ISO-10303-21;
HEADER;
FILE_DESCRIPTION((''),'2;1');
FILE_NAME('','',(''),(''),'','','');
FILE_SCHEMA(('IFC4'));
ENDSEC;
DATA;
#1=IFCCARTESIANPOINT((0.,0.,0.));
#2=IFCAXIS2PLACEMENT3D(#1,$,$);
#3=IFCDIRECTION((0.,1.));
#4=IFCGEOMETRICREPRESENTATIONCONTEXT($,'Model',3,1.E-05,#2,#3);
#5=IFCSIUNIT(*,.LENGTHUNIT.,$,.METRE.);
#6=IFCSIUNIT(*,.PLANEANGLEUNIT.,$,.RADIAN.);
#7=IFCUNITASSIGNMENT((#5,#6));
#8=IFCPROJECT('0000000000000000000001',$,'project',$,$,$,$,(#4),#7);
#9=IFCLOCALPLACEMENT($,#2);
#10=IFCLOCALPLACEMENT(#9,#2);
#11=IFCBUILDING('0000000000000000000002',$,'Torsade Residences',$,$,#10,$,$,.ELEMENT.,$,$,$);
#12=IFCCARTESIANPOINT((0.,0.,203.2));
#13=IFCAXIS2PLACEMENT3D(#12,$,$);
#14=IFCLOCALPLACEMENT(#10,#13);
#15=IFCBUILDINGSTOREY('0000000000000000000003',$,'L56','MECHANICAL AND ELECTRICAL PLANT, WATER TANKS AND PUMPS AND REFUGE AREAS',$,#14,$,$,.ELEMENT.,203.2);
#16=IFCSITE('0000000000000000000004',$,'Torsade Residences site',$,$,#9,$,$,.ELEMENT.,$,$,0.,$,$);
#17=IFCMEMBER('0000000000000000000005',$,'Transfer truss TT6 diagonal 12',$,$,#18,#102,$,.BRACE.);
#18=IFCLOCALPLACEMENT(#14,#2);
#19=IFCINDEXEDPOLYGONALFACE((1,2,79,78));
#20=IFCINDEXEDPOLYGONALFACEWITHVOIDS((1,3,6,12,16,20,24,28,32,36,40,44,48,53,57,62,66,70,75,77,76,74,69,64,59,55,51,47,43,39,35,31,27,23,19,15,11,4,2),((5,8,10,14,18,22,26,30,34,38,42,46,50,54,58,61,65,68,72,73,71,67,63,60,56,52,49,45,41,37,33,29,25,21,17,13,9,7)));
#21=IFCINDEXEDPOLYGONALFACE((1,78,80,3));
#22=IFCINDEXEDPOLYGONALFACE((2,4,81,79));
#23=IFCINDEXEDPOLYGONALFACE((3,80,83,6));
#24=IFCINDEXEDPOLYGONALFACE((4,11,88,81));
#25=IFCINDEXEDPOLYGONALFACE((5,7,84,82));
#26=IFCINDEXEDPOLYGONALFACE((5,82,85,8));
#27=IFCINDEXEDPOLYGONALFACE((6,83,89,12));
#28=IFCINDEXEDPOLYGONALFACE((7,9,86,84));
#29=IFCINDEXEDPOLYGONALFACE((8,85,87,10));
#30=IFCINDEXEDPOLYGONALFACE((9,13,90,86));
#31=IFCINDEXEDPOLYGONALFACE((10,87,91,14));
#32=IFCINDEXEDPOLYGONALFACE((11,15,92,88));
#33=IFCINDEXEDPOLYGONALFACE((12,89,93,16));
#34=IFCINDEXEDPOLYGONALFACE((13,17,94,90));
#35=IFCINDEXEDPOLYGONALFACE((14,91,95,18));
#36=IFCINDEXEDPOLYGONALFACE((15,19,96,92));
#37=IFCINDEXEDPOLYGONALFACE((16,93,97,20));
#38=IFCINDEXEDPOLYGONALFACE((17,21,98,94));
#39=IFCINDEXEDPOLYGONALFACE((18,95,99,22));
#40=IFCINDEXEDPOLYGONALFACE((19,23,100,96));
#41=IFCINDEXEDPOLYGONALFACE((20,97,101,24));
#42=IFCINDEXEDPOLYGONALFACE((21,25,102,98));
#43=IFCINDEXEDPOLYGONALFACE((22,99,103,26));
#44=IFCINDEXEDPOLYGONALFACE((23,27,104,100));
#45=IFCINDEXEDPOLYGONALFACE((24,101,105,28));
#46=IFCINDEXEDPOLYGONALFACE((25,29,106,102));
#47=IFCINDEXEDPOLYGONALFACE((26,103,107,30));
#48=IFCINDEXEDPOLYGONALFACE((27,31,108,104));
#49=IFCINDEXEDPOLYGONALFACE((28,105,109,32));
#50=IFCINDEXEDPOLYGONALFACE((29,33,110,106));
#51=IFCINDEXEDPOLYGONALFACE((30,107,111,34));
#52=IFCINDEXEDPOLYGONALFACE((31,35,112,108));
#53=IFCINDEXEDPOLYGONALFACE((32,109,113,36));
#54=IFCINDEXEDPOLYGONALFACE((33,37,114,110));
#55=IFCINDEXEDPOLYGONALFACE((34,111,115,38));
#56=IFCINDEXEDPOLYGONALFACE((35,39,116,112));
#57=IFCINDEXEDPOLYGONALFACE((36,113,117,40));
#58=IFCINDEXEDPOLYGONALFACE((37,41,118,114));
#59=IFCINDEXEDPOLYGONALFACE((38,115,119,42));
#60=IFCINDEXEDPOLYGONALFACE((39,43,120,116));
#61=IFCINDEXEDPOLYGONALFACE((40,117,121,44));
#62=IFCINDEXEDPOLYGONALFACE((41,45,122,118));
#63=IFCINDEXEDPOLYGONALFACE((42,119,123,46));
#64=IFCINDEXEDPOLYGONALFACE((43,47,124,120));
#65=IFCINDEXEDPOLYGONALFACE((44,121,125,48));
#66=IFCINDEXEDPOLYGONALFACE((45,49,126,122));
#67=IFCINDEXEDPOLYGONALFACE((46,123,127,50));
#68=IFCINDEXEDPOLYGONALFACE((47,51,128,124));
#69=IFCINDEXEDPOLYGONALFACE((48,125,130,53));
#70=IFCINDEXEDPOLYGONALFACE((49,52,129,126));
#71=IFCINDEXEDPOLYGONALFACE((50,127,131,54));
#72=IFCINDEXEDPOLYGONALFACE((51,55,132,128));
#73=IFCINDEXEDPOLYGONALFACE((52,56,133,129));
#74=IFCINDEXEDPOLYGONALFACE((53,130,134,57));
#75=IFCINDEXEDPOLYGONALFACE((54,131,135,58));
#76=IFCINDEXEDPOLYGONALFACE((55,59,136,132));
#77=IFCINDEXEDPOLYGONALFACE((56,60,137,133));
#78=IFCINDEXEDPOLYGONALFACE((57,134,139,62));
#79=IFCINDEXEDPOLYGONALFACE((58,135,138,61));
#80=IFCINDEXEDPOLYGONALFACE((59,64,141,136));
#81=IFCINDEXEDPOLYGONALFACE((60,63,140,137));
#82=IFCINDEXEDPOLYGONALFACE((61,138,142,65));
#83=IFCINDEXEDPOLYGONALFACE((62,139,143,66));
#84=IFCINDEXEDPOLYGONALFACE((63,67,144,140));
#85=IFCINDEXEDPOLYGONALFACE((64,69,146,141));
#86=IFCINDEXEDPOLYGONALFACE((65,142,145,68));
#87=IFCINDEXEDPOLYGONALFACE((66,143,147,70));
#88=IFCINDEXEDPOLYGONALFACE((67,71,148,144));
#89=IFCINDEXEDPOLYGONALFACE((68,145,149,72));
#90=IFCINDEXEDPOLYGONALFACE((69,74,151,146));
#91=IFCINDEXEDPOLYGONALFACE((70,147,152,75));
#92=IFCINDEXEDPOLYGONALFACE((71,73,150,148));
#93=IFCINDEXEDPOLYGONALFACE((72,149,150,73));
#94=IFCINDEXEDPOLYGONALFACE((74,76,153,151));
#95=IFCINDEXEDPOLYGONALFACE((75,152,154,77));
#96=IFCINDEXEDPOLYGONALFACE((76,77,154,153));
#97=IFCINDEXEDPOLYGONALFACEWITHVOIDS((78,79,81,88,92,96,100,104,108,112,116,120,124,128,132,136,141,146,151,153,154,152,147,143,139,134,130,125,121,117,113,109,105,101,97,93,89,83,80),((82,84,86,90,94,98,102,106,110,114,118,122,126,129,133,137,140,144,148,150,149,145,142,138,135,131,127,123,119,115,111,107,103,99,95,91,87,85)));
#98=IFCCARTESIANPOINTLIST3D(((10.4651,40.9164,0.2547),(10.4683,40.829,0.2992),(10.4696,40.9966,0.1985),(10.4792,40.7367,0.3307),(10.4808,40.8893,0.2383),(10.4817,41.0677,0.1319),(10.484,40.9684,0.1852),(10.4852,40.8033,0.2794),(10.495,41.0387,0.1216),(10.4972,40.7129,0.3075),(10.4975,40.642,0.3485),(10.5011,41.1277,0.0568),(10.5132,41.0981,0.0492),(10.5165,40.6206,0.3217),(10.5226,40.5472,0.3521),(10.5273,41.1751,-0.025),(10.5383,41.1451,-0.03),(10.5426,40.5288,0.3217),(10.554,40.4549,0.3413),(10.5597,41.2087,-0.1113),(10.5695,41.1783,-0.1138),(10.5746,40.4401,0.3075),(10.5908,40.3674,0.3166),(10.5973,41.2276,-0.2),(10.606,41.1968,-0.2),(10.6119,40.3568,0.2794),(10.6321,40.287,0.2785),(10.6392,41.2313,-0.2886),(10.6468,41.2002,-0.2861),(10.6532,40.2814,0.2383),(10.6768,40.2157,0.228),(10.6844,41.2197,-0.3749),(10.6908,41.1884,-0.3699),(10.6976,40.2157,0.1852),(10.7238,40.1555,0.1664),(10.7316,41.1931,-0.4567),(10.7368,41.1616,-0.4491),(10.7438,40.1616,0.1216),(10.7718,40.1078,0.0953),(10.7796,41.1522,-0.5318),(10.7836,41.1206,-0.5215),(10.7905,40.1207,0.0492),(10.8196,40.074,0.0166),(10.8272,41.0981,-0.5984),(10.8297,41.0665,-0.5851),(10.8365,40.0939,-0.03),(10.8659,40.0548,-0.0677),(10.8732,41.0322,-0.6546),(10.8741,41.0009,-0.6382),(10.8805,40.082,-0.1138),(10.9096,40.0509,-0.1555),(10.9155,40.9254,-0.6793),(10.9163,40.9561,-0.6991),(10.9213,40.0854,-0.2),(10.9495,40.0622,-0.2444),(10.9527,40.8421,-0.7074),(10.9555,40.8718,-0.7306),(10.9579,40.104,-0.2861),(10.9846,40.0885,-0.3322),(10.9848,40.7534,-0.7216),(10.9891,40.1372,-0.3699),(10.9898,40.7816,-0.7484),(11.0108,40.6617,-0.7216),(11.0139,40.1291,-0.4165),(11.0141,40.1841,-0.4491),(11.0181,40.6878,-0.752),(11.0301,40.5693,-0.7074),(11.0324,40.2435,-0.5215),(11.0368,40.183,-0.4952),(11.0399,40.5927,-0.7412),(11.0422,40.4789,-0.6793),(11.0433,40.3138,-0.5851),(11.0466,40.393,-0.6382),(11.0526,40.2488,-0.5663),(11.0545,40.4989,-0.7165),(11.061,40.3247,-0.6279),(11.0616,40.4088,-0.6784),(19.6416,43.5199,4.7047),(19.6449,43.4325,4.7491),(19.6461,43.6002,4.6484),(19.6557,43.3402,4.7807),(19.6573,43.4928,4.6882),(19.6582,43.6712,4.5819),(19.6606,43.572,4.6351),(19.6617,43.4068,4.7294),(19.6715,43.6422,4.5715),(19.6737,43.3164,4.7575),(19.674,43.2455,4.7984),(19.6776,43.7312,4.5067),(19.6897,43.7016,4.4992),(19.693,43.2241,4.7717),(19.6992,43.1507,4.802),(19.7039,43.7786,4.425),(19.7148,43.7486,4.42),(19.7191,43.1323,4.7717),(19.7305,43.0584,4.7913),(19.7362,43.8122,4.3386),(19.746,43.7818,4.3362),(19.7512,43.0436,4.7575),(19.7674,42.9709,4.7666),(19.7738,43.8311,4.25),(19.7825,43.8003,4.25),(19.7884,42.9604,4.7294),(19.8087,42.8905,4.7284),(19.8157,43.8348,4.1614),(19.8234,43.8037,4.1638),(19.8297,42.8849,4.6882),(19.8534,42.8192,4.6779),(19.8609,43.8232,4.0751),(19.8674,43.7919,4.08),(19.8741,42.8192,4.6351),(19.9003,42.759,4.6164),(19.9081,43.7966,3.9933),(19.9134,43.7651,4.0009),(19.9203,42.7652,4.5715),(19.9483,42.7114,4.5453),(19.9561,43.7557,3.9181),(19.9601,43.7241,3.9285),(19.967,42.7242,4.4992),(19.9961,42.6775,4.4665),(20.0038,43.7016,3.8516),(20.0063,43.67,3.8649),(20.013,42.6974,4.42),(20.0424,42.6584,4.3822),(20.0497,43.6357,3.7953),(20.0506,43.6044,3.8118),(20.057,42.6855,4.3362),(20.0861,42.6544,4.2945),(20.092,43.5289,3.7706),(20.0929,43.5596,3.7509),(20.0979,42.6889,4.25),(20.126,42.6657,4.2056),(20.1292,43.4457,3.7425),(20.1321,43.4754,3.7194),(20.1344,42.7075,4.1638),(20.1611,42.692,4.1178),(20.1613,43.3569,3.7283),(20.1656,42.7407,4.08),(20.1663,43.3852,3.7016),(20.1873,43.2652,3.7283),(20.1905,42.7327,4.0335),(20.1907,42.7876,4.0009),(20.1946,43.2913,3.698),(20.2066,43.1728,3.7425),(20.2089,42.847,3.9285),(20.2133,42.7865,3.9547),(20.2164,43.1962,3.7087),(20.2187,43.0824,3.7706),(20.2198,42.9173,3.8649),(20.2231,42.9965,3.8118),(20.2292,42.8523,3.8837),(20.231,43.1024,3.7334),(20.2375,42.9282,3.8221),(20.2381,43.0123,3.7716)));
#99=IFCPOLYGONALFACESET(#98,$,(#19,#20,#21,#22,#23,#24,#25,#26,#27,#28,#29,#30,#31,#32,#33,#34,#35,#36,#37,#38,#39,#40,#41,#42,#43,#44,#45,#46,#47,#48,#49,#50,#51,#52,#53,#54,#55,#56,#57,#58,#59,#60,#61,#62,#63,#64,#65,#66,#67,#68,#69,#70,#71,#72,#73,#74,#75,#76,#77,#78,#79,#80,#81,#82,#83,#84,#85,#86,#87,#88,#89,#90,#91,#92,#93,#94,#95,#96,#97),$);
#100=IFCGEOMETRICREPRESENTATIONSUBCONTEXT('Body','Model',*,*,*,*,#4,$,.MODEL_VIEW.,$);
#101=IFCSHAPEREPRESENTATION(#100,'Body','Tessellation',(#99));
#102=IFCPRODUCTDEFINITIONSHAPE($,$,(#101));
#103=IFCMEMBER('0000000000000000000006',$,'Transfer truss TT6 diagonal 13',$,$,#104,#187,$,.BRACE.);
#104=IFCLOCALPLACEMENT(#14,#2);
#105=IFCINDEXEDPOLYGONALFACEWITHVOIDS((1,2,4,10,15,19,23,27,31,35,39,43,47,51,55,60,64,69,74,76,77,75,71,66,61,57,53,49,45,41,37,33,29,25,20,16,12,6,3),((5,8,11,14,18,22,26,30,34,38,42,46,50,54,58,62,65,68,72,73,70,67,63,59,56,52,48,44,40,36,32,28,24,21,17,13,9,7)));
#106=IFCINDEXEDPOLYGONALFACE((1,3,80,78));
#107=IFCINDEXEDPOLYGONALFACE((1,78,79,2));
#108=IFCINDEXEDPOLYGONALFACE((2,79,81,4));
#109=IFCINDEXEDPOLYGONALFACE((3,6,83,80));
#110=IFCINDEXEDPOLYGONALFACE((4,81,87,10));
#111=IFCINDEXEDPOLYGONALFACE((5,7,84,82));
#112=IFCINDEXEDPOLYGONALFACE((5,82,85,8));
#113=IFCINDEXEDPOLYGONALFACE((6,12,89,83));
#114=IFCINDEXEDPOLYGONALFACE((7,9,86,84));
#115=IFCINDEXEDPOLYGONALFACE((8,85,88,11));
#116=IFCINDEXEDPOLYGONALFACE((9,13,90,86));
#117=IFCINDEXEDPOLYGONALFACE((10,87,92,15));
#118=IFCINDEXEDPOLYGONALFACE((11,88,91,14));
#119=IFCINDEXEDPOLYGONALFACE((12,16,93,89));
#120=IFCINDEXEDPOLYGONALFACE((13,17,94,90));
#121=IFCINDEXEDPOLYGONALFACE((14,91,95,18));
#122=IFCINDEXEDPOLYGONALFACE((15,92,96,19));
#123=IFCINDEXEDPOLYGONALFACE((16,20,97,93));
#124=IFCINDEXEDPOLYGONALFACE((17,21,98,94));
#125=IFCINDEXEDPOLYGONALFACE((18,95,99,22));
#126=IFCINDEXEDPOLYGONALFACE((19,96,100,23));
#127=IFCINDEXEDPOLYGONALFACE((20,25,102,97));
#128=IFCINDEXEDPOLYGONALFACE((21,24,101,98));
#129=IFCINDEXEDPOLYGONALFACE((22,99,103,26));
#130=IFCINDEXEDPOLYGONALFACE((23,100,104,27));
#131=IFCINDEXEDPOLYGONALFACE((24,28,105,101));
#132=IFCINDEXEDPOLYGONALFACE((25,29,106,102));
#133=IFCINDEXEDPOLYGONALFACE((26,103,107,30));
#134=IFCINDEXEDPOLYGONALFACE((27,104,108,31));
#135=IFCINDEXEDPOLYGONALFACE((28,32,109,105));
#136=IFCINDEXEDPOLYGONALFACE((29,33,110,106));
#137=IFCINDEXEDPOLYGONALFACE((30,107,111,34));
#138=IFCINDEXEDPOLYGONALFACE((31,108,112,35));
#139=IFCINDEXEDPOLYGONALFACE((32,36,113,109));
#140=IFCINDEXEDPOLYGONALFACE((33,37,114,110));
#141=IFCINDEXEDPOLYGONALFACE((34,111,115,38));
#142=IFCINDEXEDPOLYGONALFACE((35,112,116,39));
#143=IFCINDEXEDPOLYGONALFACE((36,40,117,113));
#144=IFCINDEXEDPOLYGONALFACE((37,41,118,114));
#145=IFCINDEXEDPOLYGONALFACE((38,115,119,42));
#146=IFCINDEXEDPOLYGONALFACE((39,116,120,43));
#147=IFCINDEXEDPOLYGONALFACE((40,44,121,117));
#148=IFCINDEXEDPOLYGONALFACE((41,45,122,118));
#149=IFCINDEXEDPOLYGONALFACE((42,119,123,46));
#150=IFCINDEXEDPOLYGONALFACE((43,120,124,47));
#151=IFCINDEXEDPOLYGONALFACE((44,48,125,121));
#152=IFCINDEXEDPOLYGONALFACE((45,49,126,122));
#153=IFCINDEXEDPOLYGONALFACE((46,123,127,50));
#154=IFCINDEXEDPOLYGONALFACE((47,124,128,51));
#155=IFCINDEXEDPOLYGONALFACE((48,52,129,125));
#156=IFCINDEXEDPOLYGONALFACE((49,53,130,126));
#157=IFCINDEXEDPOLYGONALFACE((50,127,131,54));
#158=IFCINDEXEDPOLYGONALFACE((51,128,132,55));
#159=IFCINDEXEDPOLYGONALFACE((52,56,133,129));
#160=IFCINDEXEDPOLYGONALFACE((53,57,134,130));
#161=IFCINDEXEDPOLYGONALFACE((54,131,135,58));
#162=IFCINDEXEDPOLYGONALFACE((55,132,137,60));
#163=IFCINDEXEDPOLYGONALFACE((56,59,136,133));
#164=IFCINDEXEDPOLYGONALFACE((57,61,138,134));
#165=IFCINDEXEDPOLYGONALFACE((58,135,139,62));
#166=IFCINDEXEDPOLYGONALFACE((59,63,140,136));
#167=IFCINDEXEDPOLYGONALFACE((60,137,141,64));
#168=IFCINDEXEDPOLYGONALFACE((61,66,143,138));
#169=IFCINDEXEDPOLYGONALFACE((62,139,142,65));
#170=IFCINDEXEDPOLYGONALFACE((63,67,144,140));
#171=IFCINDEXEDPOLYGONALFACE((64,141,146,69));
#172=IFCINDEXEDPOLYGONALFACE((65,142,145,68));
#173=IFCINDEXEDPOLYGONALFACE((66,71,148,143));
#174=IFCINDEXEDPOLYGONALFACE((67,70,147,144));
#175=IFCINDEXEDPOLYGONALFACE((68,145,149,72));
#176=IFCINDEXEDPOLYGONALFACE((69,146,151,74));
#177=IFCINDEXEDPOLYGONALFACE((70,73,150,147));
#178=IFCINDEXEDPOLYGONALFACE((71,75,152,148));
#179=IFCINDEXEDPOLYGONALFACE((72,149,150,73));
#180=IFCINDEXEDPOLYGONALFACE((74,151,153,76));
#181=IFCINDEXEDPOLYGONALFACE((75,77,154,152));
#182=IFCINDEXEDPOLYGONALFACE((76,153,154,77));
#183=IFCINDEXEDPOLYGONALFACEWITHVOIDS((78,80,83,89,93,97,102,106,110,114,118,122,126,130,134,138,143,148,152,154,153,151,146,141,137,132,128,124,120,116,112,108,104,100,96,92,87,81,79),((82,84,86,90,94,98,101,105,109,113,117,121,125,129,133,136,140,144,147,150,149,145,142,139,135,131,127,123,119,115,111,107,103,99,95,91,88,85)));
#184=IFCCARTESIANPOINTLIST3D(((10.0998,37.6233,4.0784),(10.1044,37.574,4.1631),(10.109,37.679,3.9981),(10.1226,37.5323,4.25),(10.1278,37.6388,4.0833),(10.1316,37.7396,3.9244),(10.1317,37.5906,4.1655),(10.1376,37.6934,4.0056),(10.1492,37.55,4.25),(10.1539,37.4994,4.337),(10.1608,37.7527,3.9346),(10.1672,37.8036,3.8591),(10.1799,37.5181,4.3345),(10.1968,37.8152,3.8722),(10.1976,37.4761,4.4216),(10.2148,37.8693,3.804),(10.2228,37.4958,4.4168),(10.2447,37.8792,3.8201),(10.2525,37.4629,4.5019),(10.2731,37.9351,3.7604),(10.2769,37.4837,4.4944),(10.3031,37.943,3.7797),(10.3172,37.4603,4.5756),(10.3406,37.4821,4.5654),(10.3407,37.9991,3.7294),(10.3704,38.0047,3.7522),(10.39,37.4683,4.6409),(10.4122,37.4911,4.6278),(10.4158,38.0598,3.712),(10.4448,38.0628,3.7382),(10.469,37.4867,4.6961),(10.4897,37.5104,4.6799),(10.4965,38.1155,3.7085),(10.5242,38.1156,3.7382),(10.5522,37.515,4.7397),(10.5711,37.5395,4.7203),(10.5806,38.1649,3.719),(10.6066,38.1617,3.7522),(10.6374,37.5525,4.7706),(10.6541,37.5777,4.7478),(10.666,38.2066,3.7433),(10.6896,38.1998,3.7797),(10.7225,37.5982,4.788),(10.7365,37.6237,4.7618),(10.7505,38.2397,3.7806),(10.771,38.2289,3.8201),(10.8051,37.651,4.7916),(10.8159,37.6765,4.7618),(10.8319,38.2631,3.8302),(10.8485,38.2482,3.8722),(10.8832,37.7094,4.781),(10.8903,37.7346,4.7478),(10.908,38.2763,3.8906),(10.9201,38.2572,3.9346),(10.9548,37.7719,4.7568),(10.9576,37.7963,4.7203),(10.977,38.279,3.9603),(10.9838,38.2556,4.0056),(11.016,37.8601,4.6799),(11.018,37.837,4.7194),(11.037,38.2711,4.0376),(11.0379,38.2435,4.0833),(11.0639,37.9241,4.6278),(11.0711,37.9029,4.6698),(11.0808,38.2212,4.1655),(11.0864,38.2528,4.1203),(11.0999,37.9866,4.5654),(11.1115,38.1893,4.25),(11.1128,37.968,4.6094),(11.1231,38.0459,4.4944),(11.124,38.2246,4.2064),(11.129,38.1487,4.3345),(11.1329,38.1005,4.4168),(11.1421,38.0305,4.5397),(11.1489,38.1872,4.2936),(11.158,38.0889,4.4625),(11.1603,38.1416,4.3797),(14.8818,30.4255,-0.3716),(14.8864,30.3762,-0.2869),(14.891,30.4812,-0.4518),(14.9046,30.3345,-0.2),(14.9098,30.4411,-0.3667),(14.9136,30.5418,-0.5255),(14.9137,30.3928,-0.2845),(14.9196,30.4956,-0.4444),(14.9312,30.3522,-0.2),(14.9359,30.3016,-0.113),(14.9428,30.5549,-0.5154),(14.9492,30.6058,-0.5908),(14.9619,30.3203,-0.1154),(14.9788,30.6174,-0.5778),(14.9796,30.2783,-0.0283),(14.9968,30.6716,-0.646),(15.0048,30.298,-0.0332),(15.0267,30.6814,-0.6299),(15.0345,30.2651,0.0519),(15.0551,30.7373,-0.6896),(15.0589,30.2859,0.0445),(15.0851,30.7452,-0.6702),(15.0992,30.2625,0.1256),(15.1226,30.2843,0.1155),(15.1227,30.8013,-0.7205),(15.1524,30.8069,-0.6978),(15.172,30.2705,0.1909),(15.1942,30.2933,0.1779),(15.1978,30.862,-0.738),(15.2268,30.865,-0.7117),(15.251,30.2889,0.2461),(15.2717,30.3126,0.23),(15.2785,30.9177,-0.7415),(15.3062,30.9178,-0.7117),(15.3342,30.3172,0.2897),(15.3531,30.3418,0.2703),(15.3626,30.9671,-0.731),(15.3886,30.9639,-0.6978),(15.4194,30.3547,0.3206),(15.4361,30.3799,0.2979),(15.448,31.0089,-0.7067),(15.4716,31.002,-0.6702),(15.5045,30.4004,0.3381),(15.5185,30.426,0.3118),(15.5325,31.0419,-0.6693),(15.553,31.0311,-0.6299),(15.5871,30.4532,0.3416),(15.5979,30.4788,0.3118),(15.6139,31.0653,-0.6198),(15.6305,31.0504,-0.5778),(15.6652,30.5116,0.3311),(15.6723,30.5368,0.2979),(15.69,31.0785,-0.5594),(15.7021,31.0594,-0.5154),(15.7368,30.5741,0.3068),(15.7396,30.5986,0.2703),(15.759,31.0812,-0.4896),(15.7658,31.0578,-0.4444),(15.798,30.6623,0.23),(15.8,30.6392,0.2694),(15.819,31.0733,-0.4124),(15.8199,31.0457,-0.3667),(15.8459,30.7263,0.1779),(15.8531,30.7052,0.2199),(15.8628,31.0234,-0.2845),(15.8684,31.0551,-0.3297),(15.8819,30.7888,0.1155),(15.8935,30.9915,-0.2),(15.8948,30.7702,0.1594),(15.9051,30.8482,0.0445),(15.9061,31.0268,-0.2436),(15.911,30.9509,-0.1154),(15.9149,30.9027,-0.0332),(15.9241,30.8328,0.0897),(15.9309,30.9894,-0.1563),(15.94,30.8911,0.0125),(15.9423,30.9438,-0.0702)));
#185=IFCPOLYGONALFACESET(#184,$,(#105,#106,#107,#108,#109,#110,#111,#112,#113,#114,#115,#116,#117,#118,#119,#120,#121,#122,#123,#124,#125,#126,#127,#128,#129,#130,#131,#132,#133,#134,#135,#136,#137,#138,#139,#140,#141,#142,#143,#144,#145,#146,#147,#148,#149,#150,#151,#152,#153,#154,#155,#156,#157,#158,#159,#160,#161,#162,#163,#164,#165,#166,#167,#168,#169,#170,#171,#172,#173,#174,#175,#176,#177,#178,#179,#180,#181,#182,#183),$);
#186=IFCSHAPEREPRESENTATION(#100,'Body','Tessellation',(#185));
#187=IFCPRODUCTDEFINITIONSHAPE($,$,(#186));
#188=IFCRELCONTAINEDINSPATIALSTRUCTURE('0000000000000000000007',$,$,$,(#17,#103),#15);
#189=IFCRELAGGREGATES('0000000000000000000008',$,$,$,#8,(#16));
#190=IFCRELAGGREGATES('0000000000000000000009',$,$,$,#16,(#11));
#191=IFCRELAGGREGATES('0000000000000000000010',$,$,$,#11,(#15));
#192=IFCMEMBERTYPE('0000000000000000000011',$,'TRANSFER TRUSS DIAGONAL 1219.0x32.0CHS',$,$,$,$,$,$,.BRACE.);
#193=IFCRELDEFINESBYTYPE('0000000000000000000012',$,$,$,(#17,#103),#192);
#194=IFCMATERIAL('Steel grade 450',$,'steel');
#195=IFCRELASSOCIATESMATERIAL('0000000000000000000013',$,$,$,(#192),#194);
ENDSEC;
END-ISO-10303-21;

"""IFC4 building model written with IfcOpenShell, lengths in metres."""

from ifc_helpers import new_model, si_unit, direction, frame, origin, origin_2d, place, context, subcontext, project, spatial, hollow_circle, extrude, material, material_profile, profile_set, type_object, element, save


model = new_model("IFC4")

# Units and contexts
model_context = context("Model", 3, precision=1e-05, world=origin(), true_north=direction((0.0, 1.0)))
body_context = subcontext(model_context, "Body", "Model", "MODEL_VIEW")
ifc_project = project(units=[si_unit("LENGTHUNIT", "METRE"), si_unit("PLANEANGLEUNIT", "RADIAN")], contexts=[model_context])

# Site, building, storey
site_placement = place(None, origin())
site = spatial("IfcSite", under=ifc_project, at=site_placement, Name="Torsade Residences site", CompositionType="ELEMENT", RefElevation=0.0)
building_placement = place(site_placement, origin())
building = spatial("IfcBuilding", under=site, at=building_placement, Name="Torsade Residences", CompositionType="ELEMENT")
storey_placement = place(building_placement, frame((0.0, 0.0, 203.2)))
storey = spatial("IfcBuildingStorey", under=building, at=storey_placement, Name="L56", Description="MECHANICAL AND ELECTRICAL PLANT, WATER TANKS AND PUMPS AND REFUGE AREAS", CompositionType="ELEMENT", Elevation=203.2)

# Members
ifc_material_1 = material(Name="Steel grade 450", Category="steel")
ifc_material_profile_1 = material_profile(ifc_material_1, hollow_circle(Radius=0.6096, WallThickness=0.032, at=origin_2d()), Name="1219.0x32.0CHS")
ifc_profile_set_1 = profile_set([ifc_material_profile_1], Name="Steel grade 450")
member_type_1 = type_object("IfcMemberType", Name="TRANSFER TRUSS DIAGONAL 1219.0x32.0CHS", PredefinedType="BRACE", material=ifc_profile_set_1)
member_1_placement = place(storey_placement, frame((10.7637, 40.6411, -0.2), z_axis=(0.871826, 0.24735, 0.422773), x_axis=(-0.272943, 0.96203, 0.0)))
element("IfcMember", 1, at=member_1_placement, inside=storey, type_object=member_type_1, Name="Transfer truss TT6 diagonal 12", PredefinedType="BRACE", context=body_context, shape_type="SweptSolid", body=[
    extrude(hollow_circle(Radius=0.6096, WallThickness=0.032, at=origin_2d()), origin(), (0.0, 0.0, 1.0), 10.5256),
])
member_2_placement = place(storey_placement, frame((15.4124, 30.6719, -0.2), z_axis=(-0.491977, 0.740515, 0.457817), x_axis=(-0.832932, -0.553376, 0.0)))
element("IfcMember", 2, at=member_2_placement, inside=storey, type_object=member_type_1, Name="Transfer truss TT6 diagonal 13", PredefinedType="BRACE", context=body_context, shape_type="SweptSolid", body=[
    extrude(hollow_circle(Radius=0.6096, WallThickness=0.032, at=origin_2d()), origin(), (0.0, 0.0, 1.0), 9.72),
])

save(model, "model.ifc")
